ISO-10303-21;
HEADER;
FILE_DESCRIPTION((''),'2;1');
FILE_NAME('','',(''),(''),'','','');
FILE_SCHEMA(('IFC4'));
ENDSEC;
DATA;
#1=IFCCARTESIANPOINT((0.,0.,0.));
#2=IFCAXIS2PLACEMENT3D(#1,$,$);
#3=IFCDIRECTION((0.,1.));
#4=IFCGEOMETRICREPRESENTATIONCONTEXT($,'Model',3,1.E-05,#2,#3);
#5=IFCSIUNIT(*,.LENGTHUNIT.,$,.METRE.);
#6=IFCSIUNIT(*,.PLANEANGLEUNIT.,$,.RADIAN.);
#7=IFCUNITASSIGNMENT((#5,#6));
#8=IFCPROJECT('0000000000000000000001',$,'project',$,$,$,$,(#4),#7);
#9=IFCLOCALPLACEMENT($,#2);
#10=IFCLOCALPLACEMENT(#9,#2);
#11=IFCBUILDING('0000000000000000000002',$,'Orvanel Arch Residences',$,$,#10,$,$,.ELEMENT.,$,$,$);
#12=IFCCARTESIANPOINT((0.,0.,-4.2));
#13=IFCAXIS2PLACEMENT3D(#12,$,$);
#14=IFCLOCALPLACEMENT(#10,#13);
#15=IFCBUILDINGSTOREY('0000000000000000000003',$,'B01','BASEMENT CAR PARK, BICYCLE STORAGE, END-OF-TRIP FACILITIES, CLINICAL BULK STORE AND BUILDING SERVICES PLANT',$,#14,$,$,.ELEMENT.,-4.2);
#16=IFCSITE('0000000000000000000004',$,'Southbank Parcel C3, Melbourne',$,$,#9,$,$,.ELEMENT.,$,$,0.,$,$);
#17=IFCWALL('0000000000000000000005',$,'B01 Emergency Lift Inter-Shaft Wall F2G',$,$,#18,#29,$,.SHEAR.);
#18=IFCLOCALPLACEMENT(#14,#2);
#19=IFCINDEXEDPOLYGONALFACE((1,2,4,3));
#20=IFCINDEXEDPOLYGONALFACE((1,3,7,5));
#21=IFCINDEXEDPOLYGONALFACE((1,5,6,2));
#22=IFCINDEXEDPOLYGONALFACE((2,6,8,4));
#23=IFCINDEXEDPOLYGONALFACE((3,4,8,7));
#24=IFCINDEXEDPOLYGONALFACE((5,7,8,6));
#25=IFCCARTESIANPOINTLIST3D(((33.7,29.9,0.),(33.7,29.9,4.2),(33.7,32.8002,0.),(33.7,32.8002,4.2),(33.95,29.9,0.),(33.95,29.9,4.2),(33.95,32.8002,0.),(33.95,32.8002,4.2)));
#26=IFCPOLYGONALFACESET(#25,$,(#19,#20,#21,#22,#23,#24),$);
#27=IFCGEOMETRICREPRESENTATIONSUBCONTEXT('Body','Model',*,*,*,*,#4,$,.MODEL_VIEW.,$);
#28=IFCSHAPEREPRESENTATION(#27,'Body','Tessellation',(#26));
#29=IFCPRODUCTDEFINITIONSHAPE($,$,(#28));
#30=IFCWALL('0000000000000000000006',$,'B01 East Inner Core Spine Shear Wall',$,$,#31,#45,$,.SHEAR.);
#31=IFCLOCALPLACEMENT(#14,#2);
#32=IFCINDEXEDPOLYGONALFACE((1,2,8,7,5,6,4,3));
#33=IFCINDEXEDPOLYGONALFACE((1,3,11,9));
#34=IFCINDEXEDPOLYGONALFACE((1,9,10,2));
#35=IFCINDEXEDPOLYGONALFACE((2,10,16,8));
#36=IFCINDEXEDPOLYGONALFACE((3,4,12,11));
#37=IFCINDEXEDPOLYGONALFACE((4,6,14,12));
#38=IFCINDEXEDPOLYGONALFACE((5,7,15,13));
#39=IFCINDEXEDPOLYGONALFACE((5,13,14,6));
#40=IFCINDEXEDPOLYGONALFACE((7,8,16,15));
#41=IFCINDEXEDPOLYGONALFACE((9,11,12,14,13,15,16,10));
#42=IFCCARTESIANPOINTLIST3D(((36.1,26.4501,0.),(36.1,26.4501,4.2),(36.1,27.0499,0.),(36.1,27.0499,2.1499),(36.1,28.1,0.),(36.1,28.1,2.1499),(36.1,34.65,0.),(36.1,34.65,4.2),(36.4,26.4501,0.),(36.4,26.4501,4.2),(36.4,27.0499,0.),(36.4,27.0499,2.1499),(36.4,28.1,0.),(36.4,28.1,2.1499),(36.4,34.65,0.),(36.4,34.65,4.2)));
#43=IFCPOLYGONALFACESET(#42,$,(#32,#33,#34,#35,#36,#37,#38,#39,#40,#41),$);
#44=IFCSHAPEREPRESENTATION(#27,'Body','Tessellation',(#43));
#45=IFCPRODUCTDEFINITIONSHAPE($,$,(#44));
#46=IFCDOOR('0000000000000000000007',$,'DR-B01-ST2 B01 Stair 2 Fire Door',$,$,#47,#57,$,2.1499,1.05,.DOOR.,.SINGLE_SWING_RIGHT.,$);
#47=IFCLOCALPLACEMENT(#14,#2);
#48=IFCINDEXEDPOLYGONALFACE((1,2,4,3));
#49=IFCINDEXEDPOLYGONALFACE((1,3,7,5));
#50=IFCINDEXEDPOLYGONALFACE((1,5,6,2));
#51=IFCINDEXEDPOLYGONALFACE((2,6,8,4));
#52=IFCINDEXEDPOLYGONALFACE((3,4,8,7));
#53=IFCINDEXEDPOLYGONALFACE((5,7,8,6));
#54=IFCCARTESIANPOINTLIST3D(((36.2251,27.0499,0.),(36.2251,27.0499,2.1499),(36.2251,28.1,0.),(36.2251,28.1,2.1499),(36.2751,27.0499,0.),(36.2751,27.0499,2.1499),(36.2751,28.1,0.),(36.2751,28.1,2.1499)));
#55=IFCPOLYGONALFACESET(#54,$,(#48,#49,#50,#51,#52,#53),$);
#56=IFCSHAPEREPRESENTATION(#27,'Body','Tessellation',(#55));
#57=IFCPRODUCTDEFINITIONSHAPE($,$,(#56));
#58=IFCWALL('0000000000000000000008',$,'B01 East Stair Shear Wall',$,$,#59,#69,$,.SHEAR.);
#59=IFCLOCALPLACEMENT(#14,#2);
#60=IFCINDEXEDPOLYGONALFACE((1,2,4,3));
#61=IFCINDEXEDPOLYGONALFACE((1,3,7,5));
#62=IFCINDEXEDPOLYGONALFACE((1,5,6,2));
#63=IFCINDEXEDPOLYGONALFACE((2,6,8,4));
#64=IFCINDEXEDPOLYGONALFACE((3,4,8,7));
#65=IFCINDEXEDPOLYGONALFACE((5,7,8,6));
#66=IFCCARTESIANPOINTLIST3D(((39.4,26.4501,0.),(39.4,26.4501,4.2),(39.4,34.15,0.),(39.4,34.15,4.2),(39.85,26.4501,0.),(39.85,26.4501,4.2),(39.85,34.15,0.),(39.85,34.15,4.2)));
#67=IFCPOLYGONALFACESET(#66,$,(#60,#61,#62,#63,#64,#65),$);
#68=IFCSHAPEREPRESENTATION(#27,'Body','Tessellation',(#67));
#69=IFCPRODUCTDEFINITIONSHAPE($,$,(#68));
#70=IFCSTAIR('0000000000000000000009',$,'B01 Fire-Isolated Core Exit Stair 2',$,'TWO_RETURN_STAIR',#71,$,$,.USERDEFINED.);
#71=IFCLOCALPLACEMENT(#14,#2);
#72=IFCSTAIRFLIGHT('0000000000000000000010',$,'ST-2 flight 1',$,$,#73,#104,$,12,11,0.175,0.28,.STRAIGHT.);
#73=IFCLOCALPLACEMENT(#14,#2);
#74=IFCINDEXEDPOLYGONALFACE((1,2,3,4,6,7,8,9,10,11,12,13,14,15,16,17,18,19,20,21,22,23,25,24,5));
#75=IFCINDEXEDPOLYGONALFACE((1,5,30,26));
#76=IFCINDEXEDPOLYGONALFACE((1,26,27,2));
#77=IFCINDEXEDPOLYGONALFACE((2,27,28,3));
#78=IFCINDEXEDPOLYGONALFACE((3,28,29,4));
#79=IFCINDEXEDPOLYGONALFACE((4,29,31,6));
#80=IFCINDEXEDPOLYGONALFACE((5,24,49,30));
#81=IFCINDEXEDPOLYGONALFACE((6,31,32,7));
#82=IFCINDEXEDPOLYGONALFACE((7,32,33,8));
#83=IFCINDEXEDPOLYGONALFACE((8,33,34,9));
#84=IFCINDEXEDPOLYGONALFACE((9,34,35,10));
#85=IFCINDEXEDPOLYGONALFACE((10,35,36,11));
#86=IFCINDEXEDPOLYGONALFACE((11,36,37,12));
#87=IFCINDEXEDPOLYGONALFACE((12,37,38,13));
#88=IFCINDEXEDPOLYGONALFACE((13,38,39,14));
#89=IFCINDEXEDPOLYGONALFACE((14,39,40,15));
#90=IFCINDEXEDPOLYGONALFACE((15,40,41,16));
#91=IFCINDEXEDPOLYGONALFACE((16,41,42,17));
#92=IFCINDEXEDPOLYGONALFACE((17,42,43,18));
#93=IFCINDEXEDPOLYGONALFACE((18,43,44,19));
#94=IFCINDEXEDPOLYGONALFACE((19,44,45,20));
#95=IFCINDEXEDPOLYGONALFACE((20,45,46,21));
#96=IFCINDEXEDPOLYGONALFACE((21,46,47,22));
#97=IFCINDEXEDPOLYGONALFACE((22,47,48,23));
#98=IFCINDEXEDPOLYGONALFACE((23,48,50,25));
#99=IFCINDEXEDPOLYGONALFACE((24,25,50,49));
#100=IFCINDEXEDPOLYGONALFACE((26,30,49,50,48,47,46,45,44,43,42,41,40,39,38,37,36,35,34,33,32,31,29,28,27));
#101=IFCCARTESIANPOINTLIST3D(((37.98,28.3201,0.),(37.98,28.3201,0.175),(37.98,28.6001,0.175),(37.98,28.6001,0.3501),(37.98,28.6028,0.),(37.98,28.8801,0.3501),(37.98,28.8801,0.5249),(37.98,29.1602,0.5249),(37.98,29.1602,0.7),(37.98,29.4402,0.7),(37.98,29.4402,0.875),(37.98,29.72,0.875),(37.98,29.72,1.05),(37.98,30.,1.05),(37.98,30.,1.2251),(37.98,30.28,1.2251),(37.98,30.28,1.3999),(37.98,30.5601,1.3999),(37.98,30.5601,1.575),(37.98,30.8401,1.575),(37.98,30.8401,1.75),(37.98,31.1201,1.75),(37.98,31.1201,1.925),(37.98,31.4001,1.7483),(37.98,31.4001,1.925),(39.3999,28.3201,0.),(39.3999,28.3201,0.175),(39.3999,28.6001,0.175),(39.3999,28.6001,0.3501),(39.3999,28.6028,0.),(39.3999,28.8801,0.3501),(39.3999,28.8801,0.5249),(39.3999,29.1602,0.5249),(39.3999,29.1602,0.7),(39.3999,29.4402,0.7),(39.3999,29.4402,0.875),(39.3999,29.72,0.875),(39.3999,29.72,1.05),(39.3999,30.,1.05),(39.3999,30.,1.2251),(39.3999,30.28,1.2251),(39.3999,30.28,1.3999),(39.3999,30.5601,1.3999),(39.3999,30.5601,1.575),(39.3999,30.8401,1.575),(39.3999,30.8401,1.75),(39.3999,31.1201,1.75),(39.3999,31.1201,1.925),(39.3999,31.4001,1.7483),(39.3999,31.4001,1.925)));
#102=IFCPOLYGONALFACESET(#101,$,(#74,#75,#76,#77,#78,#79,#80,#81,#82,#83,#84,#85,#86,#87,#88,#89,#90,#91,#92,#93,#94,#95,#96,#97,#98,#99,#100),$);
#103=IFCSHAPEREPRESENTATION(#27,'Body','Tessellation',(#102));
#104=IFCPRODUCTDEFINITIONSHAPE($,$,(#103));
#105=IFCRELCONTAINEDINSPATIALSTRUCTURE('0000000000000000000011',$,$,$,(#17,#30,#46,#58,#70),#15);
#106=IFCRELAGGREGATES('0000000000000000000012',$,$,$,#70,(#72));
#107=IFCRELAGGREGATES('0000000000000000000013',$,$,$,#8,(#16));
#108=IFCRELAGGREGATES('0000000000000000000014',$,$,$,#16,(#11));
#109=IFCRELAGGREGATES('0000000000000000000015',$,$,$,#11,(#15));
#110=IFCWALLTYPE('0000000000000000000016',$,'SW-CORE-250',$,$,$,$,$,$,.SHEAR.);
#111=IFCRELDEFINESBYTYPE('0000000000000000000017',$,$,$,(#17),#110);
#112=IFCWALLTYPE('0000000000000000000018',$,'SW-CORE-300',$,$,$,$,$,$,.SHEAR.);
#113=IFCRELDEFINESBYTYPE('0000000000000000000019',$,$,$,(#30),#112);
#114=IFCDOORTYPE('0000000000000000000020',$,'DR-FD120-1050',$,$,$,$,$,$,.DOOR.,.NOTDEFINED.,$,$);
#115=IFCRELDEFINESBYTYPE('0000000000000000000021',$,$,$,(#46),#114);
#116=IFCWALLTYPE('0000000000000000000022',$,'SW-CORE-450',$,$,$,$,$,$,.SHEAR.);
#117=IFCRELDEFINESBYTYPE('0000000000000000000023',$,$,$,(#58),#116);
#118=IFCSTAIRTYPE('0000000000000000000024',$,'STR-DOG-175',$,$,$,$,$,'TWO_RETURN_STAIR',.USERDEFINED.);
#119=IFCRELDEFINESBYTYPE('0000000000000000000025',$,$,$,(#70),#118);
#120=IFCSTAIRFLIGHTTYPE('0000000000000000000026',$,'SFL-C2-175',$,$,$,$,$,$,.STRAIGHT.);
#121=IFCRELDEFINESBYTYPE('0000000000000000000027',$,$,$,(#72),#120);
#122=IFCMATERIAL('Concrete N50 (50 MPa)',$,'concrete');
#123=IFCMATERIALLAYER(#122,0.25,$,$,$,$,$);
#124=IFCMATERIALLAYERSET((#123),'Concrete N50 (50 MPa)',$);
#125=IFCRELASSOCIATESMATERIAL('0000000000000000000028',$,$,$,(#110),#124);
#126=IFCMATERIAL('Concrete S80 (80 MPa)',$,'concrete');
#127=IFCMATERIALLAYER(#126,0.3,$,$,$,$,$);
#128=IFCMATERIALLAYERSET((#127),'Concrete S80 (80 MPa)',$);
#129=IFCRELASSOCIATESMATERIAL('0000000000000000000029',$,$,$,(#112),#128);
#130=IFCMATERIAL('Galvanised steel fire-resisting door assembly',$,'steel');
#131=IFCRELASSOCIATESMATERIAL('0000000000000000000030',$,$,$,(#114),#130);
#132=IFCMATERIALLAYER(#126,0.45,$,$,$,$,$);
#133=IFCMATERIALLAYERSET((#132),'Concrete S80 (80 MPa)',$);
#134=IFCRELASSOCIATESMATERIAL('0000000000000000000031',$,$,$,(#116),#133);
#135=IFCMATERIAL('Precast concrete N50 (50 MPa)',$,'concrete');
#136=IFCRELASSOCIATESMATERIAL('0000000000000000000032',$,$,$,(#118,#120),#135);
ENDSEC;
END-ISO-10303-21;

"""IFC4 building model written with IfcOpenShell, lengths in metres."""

from ifc_helpers import new_model, si_unit, direction, frame, frame_2d, origin, place, context, subcontext, project, spatial, polyline, rectangle, outline, extrude, material, layer, layer_set, type_object, element, fill, aggregate, save


model = new_model("IFC4")

# Units and contexts
model_context = context("Model", 3, precision=1e-05, world=origin(), true_north=direction((0.0, 1.0)))
body_context = subcontext(model_context, "Body", "Model", "MODEL_VIEW")
ifc_project = project(units=[si_unit("LENGTHUNIT", "METRE"), si_unit("PLANEANGLEUNIT", "RADIAN")], contexts=[model_context])

# Site, building, storey
site_placement = place(None, origin())
site = spatial("IfcSite", under=ifc_project, at=site_placement, Name="Southbank Parcel C3, Melbourne", CompositionType="ELEMENT", RefElevation=0.0)
building_placement = place(site_placement, origin())
building = spatial("IfcBuilding", under=site, at=building_placement, Name="Orvanel Arch Residences", CompositionType="ELEMENT")
storey_placement = place(building_placement, frame((0.0, 0.0, -4.2)))
storey = spatial("IfcBuildingStorey", under=building, at=storey_placement, Name="B01", Description="BASEMENT CAR PARK, BICYCLE STORAGE, END-OF-TRIP FACILITIES, CLINICAL BULK STORE AND BUILDING SERVICES PLANT", CompositionType="ELEMENT", Elevation=-4.2)

# Wall
ifc_material_1 = material(Name="Concrete N50 (50 MPa)", Category="concrete")
ifc_layer_1 = layer(ifc_material_1, 0.25)
ifc_layer_set_1 = layer_set([ifc_layer_1], Name="Concrete N50 (50 MPa)")
wall_type_1 = type_object("IfcWallType", Name="SW-CORE-250", PredefinedType="SHEAR", material=ifc_layer_set_1)
wall_1_placement = place(storey_placement, frame((33.825, 29.8999, 0.0), z_axis=(0.0, 0.0, 1.0), x_axis=(0.0, 1.0, 0.0)))
element("IfcWall", 1, at=wall_1_placement, inside=storey, type_object=wall_type_1, Name="B01 Emergency Lift Inter-Shaft Wall F2G", PredefinedType="SHEAR", context=body_context, shape_type="SweptSolid", body=[
    extrude(rectangle(XDim=2.9001, YDim=0.25, at=frame_2d((1.4502, 0.0))), origin(), (0.0, 0.0, 1.0), 4.2),
])

# Wall, opening, door
ifc_material_2 = material(Name="Concrete S80 (80 MPa)", Category="concrete")
ifc_layer_2 = layer(ifc_material_2, 0.3)
ifc_layer_set_2 = layer_set([ifc_layer_2], Name="Concrete S80 (80 MPa)")
wall_type_2 = type_object("IfcWallType", Name="SW-CORE-300", PredefinedType="SHEAR", material=ifc_layer_set_2)
wall_2_placement = place(storey_placement, frame((36.25, 26.45, 0.0), z_axis=(0.0, 0.0, 1.0), x_axis=(0.0, 1.0, 0.0)))
wall_2 = element("IfcWall", 2, at=wall_2_placement, inside=storey, type_object=wall_type_2, Name="B01 East Inner Core Spine Shear Wall", PredefinedType="SHEAR", context=body_context, shape_type="SweptSolid", body=[
    extrude(rectangle(XDim=8.2, YDim=0.3, at=frame_2d((4.1001, 0.0))), origin(), (0.0, 0.0, 1.0), 4.2),
])
opening_placement = place(wall_2_placement, frame((0.6001, 0.0, 0.0)))
opening = element("IfcOpeningElement", 3, at=opening_placement, cuts=wall_2, PredefinedType="OPENING", context=body_context, shape_type="SweptSolid", body=[
    extrude(rectangle(XDim=1.05, YDim=2.1499, at=frame_2d((0.5249, 1.075))), frame((0.0, 0.1599, 0.0), z_axis=(0.0, -1.0, 0.0), x_axis=(1.0, 0.0, 0.0)), (0.0, 0.0, 1.0), 0.3201),
])
ifc_material_3 = material(Name="Galvanised steel fire-resisting door assembly", Category="steel")
door_type = type_object("IfcDoorType", Name="DR-FD120-1050", OperationType="NOTDEFINED", PredefinedType="DOOR", material=ifc_material_3)
door_placement = place(opening_placement, origin())
door = element("IfcDoor", 4, at=door_placement, inside=storey, type_object=door_type, Name="DR-B01-ST2 B01 Stair 2 Fire Door", OperationType="SINGLE_SWING_RIGHT", OverallHeight=2.1499, OverallWidth=1.05, PredefinedType="DOOR", context=body_context, shape_type="SweptSolid", body=[
    extrude(rectangle(XDim=1.05, YDim=2.1499, at=frame_2d((0.5249, 1.075))), frame((0.0, 0.0249, 0.0), z_axis=(0.0, -1.0, 0.0), x_axis=(1.0, 0.0, 0.0)), (0.0, 0.0, 1.0), 0.05),
])
fill(opening, door)

# Wall
ifc_layer_3 = layer(ifc_material_2, 0.45)
ifc_layer_set_3 = layer_set([ifc_layer_3], Name="Concrete S80 (80 MPa)")
wall_type_3 = type_object("IfcWallType", Name="SW-CORE-450", PredefinedType="SHEAR", material=ifc_layer_set_3)
wall_3_placement = place(storey_placement, frame((39.625, 26.45, 0.0), z_axis=(0.0, 0.0, 1.0), x_axis=(0.0, 1.0, 0.0)))
element("IfcWall", 5, at=wall_3_placement, inside=storey, type_object=wall_type_3, Name="B01 East Stair Shear Wall", PredefinedType="SHEAR", context=body_context, shape_type="SweptSolid", body=[
    extrude(rectangle(XDim=7.7, YDim=0.45, at=frame_2d((3.8501, 0.0))), origin(), (0.0, 0.0, 1.0), 4.2),
])

# Stair, stair flight
ifc_material_4 = material(Name="Precast concrete N50 (50 MPa)", Category="concrete")
stair_type = type_object("IfcStairType", Name="STR-DOG-175", ElementType="TWO_RETURN_STAIR", PredefinedType="USERDEFINED", material=ifc_material_4)
stair_placement = place(storey_placement, origin())
stair = element("IfcStair", 6, at=stair_placement, inside=storey, type_object=stair_type, Name="B01 Fire-Isolated Core Exit Stair 2", ObjectType="TWO_RETURN_STAIR", PredefinedType="USERDEFINED")
stair_flight_type = type_object("IfcStairFlightType", Name="SFL-C2-175", PredefinedType="STRAIGHT", material=ifc_material_4)
stair_flight_placement = place(storey_placement, frame((38.6899, 28.3201, 0.0), z_axis=(0.0, 0.0, 1.0), x_axis=(0.0, 1.0, 0.0)))
stair_flight = element("IfcStairFlight", 7, at=stair_flight_placement, type_object=stair_flight_type, Name="ST-2 flight 1", NumberOfRisers=12, NumberOfTreads=11, PredefinedType="STRAIGHT", RiserHeight=0.175, TreadLength=0.28, context=body_context, shape_type="SweptSolid", body=[
    extrude(outline(polyline([(0.0, 0.0), (0.0, 0.175), (0.28, 0.175), (0.28, 0.3501), (0.5601, 0.3501), (0.5601, 0.5249), (0.8401, 0.5249), (0.8401, 0.7), (1.1201, 0.7), (1.1201, 0.875), (1.3999, 0.875), (1.3999, 1.05), (1.6799, 1.05), (1.6799, 1.2251), (1.96, 1.2251), (1.96, 1.3999), (2.24, 1.3999), (2.24, 1.575), (2.52, 1.575), (2.52, 1.75), (2.8, 1.75), (2.8, 1.925), (3.0801, 1.925), (3.0801, 2.1001), (3.0801, 1.7483), (0.2827, 0.0), (0.0, 0.0)])), frame((0.0, 0.71, 0.0), z_axis=(0.0, -1.0, 0.0), x_axis=(1.0, 0.0, 0.0)), (0.0, 0.0, 1.0), 1.4199),
])
aggregate(stair, [stair_flight])

save(model, "model.ifc")
